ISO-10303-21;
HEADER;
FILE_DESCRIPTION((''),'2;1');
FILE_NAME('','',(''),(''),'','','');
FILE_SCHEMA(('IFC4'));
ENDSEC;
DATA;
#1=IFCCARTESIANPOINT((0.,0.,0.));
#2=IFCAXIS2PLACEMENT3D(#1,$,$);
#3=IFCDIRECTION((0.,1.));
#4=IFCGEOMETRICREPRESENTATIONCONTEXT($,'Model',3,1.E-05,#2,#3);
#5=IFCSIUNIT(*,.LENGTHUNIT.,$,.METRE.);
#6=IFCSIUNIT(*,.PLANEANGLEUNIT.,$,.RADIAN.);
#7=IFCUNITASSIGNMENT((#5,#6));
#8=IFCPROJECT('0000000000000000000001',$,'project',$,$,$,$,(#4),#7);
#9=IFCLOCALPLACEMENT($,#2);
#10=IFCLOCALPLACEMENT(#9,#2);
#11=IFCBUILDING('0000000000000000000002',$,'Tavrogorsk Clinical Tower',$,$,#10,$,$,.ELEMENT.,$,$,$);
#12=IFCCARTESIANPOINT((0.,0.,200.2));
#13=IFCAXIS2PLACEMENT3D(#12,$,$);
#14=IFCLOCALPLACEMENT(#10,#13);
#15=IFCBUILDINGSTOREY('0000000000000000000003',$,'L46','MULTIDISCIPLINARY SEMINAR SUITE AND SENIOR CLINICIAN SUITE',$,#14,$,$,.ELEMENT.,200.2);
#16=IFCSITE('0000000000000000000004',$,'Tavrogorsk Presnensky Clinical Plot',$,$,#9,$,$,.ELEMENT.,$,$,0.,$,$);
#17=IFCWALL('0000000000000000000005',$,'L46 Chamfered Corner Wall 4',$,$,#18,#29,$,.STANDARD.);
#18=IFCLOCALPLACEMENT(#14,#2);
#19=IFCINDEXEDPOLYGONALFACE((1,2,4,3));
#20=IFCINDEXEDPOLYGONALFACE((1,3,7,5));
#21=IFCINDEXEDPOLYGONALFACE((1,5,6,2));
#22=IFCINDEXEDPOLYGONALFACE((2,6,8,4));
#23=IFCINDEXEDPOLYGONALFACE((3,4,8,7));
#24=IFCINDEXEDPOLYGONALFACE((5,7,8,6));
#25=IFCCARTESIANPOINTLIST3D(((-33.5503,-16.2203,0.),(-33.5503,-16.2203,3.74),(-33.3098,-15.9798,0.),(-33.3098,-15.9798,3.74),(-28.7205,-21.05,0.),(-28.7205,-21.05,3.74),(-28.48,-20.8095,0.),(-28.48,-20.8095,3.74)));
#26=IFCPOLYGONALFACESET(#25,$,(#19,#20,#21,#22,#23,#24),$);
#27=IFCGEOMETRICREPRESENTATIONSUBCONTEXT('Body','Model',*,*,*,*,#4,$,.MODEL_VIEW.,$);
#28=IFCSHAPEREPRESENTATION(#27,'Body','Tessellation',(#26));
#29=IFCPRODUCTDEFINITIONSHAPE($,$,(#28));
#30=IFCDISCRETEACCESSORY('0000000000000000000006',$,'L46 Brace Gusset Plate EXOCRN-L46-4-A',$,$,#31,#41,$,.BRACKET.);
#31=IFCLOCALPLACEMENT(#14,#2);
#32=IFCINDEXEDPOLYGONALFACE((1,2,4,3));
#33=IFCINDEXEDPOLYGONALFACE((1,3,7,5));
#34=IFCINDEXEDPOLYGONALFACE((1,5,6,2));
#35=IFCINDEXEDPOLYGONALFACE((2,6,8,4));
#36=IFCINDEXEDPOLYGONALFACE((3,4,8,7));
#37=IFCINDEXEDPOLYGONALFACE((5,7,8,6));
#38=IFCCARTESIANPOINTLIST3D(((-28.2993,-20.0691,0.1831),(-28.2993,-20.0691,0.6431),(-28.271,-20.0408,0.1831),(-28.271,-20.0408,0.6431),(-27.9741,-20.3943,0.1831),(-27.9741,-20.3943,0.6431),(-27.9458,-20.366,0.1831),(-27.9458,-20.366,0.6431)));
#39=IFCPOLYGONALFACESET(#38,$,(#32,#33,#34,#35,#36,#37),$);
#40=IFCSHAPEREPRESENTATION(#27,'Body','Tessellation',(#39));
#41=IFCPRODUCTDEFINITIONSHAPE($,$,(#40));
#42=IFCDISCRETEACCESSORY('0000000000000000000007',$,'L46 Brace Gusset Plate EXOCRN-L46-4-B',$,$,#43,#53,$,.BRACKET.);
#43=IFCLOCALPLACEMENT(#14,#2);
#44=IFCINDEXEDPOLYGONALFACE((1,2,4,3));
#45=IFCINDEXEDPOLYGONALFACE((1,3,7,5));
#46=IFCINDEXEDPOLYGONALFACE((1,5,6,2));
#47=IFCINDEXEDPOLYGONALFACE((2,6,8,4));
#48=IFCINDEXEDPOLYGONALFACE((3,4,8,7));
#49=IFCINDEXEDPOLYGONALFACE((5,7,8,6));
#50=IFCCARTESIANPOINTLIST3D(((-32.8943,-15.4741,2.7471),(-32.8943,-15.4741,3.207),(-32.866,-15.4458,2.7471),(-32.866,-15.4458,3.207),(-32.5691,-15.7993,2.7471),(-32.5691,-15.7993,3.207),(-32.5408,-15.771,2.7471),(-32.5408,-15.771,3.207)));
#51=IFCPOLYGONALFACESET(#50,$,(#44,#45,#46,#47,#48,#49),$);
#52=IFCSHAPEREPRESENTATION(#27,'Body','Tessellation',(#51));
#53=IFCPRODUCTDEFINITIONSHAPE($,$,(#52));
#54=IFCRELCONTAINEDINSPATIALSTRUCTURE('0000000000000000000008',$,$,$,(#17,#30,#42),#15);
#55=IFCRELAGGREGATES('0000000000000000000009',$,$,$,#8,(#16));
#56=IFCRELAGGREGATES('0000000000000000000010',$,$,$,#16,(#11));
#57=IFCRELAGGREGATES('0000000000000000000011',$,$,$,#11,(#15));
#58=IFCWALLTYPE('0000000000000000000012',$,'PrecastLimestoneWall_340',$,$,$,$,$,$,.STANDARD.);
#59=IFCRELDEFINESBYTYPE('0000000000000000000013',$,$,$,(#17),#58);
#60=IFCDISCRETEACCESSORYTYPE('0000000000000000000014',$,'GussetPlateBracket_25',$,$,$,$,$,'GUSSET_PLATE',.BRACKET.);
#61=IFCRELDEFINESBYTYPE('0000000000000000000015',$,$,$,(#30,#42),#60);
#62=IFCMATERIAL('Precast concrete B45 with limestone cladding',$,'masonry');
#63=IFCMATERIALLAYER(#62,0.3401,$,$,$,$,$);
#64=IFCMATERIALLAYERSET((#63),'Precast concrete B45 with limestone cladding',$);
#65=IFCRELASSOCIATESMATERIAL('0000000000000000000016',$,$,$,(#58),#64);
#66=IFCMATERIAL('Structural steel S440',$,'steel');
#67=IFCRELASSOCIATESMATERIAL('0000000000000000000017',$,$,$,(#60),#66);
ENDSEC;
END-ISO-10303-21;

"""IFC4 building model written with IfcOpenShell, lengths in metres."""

from ifc_helpers import new_model, si_unit, direction, frame, frame_2d, origin, origin_2d, place, context, subcontext, project, spatial, rectangle, extrude, material, layer, layer_set, type_object, element, save


model = new_model("IFC4")

# Units and contexts
model_context = context("Model", 3, precision=1e-05, world=origin(), true_north=direction((0.0, 1.0)))
body_context = subcontext(model_context, "Body", "Model", "MODEL_VIEW")
ifc_project = project(units=[si_unit("LENGTHUNIT", "METRE"), si_unit("PLANEANGLEUNIT", "RADIAN")], contexts=[model_context])

# Site, building, storey
site_placement = place(None, origin())
site = spatial("IfcSite", under=ifc_project, at=site_placement, Name="Tavrogorsk Presnensky Clinical Plot", CompositionType="ELEMENT", RefElevation=0.0)
building_placement = place(site_placement, origin())
building = spatial("IfcBuilding", under=site, at=building_placement, Name="Tavrogorsk Clinical Tower", CompositionType="ELEMENT")
storey_placement = place(building_placement, frame((0.0, 0.0, 200.2)))
storey = spatial("IfcBuildingStorey", under=building, at=storey_placement, Name="L46", Description="MULTIDISCIPLINARY SEMINAR SUITE AND SENIOR CLINICIAN SUITE", CompositionType="ELEMENT", Elevation=200.2)

# Shared definitions
ifc_material_1 = material(Name="Precast concrete B45 with limestone cladding", Category="masonry")
ifc_layer_1 = layer(ifc_material_1, 0.3401)
ifc_layer_set_1 = layer_set([ifc_layer_1], Name="Precast concrete B45 with limestone cladding")
wall_type_1 = type_object("IfcWallType", Name="PrecastLimestoneWall_340", PredefinedType="STANDARD", material=ifc_layer_set_1)

# Wall
wall_1_placement = place(storey_placement, frame((-33.4299, -16.1001, 0.0), z_axis=(0.0, 0.0, 1.0), x_axis=(0.707107, -0.707107, 0.0)))
element("IfcWall", 1, at=wall_1_placement, inside=storey, type_object=wall_type_1, Name="L46 Chamfered Corner Wall 4", PredefinedType="STANDARD", context=body_context, shape_type="SweptSolid", body=[
    extrude(rectangle(XDim=6.8303, YDim=0.3401, at=frame_2d((3.415, 0.0))), origin(), (0.0, 0.0, 1.0), 3.74),
])

# Discrete accessories
ifc_material_2 = material(Name="Structural steel S440", Category="steel")
discrete_accessory_type = type_object("IfcDiscreteAccessoryType", Name="GussetPlateBracket_25", ElementType="GUSSET_PLATE", PredefinedType="BRACKET", material=ifc_material_2)
for number, where, z_axis, x_axis, name in (
    (2, (-28.1226, -20.2175, 0.1831), (0.0, 0.0, 1.0), (-0.707107, 0.707107, 0.0), "L46 Brace Gusset Plate EXOCRN-L46-4-A"),
    (3, (-32.7175, -15.6226, 2.7471), (0.0, 0.0, 1.0), (-0.707107, 0.707107, 0.0), "L46 Brace Gusset Plate EXOCRN-L46-4-B"),
):
    element("IfcDiscreteAccessory", number, at=place(storey_placement, frame(where, z_axis=z_axis, x_axis=x_axis)), inside=storey, type_object=discrete_accessory_type, Name=name, PredefinedType="BRACKET", context=body_context, shape_type="SweptSolid", body=[
        extrude(rectangle(XDim=0.46, YDim=0.04, at=origin_2d()), origin(), (0.0, 0.0, 1.0), 0.46),
    ])

save(model, "model.ifc")
